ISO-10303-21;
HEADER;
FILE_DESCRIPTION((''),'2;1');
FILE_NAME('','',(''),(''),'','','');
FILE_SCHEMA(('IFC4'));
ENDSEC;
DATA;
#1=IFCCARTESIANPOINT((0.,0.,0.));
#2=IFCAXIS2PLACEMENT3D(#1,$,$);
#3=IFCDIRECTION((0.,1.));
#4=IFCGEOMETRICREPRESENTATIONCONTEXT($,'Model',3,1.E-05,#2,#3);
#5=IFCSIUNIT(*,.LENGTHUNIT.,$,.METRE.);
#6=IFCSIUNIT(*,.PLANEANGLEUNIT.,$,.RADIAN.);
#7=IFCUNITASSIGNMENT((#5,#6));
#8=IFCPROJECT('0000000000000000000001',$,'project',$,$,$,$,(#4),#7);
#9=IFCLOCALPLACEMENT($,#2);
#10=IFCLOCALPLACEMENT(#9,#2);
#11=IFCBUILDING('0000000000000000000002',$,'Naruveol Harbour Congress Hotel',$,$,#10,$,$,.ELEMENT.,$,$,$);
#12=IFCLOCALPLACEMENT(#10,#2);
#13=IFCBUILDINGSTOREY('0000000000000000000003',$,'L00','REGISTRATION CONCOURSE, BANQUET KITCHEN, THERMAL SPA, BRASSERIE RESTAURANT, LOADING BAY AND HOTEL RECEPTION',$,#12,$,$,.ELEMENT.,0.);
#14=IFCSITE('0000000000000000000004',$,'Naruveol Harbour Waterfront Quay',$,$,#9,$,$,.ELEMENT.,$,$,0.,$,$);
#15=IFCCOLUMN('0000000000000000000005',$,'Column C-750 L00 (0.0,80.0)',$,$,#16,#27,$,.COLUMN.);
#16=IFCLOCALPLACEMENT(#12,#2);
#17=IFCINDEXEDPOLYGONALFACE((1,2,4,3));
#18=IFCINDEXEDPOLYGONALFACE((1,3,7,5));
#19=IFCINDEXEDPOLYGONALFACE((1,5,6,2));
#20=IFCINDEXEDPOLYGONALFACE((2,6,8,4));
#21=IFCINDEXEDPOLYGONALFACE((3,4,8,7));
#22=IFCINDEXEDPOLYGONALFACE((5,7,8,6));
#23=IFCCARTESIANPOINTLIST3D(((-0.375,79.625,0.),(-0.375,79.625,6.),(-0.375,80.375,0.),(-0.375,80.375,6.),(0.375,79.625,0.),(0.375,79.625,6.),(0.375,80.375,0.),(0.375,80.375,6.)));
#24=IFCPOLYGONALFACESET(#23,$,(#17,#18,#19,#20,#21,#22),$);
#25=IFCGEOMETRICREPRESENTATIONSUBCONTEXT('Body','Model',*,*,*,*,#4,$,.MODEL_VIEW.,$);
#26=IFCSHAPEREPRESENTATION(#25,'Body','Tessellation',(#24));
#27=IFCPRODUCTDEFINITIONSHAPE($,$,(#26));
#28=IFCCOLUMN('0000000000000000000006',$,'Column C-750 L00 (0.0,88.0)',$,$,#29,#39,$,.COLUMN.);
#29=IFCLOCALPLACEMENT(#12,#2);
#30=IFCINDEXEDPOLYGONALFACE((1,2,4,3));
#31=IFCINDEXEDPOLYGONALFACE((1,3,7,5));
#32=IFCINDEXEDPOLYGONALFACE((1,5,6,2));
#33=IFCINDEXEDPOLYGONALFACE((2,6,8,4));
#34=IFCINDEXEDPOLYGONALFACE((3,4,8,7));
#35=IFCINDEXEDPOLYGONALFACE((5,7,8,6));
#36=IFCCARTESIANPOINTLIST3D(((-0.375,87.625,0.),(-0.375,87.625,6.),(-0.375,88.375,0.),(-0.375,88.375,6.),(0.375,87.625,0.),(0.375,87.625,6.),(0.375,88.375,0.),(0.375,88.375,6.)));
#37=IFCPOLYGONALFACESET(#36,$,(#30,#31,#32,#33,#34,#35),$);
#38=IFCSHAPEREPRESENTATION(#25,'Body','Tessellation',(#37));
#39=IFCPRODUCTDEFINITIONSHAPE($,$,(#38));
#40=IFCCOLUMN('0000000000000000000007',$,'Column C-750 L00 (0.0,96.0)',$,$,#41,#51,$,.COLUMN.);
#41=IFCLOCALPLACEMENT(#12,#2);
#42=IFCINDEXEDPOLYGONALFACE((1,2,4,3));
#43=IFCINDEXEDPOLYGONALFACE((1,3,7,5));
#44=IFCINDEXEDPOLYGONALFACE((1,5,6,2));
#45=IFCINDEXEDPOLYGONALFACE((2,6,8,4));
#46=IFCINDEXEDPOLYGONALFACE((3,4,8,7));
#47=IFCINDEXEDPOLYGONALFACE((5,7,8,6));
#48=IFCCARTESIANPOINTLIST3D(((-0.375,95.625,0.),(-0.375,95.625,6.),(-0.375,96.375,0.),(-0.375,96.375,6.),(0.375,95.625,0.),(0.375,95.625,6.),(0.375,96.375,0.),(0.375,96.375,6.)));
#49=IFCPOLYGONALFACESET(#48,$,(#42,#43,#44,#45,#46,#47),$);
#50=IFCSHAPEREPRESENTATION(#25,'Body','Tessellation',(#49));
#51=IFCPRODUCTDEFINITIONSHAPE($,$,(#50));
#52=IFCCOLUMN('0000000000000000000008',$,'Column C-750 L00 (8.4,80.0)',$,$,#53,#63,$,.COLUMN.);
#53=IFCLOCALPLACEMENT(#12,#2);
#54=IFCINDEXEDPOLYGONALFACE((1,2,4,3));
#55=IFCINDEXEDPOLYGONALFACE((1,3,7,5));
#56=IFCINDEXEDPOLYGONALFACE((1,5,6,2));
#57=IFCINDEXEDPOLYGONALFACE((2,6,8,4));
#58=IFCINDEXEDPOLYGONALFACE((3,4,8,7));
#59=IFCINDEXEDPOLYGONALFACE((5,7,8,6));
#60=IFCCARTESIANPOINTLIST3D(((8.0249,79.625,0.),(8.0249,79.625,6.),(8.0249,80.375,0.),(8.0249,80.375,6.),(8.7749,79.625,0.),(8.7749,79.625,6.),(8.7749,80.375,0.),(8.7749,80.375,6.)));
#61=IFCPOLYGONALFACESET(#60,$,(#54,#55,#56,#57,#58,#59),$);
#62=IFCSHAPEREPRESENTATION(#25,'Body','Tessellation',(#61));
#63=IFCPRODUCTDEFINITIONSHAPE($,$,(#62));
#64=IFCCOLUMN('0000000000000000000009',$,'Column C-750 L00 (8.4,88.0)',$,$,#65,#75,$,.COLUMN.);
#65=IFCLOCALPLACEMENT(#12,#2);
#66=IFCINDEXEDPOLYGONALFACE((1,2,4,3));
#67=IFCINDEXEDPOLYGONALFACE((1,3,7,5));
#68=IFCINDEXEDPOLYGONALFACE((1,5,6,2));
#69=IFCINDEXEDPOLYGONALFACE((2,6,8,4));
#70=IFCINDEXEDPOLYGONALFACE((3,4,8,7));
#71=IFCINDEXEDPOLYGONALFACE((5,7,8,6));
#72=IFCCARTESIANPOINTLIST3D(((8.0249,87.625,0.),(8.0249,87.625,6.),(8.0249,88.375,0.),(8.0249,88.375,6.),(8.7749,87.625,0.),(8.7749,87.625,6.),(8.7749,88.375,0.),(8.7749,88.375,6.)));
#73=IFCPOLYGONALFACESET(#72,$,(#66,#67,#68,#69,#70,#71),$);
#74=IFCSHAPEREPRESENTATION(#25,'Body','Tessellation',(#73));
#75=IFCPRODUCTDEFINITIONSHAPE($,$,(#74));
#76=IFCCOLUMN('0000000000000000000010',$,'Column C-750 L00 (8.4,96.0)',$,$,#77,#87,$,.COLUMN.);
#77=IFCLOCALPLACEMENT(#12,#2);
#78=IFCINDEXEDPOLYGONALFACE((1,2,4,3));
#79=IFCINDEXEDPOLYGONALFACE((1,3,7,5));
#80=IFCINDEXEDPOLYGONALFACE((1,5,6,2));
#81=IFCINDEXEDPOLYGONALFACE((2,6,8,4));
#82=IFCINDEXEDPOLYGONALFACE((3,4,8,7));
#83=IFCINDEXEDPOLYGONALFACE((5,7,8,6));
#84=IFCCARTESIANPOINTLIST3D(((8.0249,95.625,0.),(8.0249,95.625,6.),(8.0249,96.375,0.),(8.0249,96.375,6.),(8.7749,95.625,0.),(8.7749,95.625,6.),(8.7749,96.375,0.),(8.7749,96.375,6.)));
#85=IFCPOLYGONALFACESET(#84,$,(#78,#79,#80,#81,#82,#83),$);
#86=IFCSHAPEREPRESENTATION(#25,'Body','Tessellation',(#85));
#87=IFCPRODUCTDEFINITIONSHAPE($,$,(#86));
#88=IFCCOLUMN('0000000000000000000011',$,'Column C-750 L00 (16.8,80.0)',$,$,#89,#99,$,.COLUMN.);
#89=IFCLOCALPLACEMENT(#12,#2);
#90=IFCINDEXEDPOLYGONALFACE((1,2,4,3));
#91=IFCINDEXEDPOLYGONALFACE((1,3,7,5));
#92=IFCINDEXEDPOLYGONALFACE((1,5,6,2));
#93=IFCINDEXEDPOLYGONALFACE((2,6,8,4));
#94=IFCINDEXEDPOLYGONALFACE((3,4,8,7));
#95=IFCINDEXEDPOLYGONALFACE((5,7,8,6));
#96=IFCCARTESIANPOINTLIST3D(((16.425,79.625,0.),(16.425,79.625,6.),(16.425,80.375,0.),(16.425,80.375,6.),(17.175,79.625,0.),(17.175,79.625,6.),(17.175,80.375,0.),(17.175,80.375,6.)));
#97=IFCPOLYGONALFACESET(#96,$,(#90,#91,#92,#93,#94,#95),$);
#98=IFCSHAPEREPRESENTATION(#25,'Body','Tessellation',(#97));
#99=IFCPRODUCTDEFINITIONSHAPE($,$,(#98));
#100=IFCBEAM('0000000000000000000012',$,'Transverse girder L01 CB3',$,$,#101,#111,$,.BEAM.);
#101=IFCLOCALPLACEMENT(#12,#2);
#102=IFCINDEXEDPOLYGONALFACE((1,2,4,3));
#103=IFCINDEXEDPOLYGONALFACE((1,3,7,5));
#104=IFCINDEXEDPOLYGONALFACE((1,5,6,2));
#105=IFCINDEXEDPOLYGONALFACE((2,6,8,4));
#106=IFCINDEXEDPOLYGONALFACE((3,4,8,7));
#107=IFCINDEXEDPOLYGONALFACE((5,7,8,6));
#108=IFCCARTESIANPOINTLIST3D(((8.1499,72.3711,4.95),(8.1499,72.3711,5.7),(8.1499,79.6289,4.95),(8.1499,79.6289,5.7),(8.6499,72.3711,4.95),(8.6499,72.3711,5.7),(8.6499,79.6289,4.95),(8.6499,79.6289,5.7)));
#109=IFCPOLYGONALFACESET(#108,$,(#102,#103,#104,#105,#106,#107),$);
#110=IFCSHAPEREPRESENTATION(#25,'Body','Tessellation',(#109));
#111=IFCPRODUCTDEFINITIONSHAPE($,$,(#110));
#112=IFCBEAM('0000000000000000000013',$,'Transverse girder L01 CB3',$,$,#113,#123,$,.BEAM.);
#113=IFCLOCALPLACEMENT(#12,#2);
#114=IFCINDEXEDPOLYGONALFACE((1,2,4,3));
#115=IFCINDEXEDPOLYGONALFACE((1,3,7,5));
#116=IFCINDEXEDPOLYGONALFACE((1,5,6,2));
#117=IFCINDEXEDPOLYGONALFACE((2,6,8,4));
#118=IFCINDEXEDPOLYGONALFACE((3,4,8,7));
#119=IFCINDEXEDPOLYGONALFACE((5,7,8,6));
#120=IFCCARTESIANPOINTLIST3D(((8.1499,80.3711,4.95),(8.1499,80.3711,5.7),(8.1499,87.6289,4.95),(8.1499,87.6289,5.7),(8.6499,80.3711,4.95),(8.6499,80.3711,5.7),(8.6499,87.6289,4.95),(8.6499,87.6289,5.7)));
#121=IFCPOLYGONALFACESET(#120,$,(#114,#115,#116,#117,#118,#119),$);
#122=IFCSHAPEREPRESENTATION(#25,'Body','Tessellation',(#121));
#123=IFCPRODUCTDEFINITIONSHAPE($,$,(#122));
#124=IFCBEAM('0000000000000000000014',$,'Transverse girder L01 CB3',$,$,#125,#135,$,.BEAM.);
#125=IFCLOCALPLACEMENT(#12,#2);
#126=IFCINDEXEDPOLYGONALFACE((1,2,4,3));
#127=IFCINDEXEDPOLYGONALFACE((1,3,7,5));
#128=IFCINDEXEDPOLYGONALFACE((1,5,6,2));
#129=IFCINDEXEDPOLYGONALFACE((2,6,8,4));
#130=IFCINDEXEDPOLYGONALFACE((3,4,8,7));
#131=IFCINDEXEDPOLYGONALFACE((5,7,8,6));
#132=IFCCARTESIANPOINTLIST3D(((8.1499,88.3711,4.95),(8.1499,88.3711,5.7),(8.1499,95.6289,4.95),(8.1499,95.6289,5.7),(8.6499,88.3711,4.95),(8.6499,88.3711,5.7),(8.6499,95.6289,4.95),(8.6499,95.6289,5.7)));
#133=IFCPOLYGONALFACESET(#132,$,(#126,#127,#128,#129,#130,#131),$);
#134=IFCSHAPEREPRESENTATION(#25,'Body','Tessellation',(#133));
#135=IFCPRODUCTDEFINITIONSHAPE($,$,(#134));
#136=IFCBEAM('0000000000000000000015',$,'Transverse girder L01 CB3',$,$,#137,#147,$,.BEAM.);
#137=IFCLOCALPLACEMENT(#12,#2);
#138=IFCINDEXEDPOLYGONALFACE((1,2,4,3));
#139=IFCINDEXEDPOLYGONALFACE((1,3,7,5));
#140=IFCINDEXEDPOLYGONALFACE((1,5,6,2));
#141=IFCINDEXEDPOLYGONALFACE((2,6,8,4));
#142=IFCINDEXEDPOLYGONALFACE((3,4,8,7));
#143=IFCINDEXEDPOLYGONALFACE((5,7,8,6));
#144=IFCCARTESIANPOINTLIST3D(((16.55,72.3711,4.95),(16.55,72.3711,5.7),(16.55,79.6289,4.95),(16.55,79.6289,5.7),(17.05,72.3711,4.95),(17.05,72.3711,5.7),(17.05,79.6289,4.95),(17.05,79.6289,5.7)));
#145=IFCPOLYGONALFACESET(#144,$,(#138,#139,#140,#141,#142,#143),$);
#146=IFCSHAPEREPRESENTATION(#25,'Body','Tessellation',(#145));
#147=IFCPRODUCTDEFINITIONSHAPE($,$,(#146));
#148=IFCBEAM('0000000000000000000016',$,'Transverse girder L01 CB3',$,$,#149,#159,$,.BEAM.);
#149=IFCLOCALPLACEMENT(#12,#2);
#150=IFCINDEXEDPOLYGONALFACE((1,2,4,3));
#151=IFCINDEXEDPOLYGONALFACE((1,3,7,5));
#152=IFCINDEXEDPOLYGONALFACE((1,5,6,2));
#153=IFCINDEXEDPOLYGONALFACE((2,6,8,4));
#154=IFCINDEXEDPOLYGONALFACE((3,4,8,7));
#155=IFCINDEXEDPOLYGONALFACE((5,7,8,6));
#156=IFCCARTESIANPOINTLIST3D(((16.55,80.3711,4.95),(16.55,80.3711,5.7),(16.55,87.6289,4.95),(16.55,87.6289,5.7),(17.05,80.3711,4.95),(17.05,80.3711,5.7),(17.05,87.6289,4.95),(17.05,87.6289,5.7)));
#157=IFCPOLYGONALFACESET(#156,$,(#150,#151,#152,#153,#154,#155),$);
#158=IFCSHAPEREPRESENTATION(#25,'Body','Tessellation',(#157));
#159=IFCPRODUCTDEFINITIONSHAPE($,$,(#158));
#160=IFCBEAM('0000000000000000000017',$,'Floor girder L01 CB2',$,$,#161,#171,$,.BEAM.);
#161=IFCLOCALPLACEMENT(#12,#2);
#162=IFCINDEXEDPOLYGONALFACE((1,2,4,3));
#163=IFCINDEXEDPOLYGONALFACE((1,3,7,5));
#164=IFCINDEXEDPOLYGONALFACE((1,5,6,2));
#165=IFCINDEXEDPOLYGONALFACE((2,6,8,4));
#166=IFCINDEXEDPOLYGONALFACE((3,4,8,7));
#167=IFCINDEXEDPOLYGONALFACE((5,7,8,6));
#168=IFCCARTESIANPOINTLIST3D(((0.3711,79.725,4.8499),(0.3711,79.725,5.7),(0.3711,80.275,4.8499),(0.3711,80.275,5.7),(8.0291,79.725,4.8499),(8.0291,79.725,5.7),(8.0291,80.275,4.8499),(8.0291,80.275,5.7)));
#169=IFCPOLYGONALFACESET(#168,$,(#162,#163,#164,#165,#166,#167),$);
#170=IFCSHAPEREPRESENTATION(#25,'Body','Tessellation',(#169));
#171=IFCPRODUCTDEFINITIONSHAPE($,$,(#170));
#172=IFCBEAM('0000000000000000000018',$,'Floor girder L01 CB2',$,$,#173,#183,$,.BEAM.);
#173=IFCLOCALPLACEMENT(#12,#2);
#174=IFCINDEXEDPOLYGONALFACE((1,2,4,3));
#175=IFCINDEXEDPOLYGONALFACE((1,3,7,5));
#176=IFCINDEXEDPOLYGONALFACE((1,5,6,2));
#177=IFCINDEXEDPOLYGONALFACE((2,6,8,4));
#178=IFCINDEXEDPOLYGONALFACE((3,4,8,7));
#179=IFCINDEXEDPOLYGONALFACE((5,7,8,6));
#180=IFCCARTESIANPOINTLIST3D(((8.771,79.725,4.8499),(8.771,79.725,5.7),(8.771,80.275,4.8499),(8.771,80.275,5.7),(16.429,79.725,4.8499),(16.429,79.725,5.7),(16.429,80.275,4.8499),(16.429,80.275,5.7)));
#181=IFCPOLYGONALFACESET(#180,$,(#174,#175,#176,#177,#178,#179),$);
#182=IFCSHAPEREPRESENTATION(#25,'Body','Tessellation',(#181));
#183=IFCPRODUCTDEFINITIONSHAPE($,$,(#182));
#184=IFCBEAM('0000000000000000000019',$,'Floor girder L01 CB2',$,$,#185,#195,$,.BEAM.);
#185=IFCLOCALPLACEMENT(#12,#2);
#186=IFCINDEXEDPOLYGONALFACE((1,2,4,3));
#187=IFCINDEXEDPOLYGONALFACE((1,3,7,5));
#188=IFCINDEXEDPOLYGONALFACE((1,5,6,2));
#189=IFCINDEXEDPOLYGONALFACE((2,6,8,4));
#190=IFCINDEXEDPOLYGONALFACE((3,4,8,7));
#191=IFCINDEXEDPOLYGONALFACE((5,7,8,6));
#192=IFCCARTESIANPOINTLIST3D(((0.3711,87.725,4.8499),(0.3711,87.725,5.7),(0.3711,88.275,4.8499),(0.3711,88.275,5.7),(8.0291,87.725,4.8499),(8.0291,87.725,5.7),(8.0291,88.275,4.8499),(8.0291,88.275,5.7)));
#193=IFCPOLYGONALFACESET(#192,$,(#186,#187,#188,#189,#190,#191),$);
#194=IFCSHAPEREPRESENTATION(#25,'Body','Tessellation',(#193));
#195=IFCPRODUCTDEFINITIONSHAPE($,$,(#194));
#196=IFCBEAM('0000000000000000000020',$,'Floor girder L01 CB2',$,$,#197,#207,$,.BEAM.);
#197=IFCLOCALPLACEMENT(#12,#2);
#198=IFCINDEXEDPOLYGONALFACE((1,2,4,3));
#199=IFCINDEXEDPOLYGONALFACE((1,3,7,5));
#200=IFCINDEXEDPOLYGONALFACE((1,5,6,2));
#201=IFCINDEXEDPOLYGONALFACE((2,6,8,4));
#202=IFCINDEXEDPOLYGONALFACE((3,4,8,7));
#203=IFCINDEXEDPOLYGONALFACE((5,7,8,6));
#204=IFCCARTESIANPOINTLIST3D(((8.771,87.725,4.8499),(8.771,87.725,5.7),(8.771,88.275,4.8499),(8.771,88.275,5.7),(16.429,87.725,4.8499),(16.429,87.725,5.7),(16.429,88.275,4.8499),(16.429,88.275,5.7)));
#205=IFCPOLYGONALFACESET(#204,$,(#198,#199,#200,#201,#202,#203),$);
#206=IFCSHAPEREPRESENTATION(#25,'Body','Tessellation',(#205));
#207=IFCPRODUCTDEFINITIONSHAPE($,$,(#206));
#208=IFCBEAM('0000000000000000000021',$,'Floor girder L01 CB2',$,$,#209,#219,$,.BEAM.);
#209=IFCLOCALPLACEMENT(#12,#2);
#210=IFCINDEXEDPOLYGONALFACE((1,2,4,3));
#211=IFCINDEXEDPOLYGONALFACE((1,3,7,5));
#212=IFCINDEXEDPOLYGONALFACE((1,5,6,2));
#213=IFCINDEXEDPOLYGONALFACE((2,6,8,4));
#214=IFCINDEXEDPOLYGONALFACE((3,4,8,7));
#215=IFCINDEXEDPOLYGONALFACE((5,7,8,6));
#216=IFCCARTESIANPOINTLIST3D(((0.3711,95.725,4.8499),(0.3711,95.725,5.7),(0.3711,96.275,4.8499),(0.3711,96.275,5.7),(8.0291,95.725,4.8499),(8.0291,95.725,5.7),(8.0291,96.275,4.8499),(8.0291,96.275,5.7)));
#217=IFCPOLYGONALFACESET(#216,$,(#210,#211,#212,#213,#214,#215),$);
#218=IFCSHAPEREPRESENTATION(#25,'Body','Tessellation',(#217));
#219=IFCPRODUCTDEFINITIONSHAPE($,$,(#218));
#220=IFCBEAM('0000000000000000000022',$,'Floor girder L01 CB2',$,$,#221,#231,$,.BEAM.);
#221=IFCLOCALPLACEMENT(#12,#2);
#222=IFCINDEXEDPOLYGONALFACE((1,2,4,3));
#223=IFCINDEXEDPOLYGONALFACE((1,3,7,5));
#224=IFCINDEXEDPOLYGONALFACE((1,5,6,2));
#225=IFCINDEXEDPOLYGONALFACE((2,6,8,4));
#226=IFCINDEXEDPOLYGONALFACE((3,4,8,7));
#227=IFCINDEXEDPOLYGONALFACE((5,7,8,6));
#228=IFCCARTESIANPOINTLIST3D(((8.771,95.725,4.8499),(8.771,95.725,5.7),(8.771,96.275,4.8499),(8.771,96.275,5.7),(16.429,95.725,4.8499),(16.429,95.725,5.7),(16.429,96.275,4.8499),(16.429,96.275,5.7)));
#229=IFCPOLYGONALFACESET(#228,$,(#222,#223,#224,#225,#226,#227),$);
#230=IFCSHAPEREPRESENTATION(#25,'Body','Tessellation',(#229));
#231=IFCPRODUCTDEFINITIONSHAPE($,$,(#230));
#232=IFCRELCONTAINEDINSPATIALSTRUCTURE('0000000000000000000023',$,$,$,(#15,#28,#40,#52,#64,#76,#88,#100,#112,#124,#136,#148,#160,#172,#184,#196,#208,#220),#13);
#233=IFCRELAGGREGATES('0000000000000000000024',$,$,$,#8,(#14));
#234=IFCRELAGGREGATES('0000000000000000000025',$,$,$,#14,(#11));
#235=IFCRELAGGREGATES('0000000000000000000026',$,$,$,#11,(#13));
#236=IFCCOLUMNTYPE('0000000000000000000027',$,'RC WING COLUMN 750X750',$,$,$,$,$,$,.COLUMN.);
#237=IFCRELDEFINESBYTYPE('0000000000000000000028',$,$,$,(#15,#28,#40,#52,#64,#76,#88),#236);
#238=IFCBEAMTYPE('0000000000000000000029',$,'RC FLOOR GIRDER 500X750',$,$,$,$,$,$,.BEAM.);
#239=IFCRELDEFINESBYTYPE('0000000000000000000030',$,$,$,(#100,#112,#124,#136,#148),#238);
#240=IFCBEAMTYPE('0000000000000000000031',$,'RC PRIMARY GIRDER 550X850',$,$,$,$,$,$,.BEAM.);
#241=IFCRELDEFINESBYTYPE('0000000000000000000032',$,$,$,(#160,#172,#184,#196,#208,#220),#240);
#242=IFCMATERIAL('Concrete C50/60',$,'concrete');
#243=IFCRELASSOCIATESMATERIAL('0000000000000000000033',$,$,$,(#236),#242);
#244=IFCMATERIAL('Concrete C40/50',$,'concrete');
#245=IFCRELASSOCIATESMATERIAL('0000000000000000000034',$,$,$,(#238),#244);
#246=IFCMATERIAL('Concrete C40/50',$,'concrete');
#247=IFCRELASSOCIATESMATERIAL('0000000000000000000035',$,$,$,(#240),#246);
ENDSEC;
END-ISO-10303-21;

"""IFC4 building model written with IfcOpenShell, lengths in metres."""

from ifc_helpers import new_model, si_unit, direction, frame, origin, origin_2d, place, context, subcontext, project, spatial, rectangle, extrude, material, material_profile, profile_set, type_object, element, save


model = new_model("IFC4")

# Units and contexts
model_context = context("Model", 3, precision=1e-05, world=origin(), true_north=direction((0.0, 1.0)))
body_context = subcontext(model_context, "Body", "Model", "MODEL_VIEW")
ifc_project = project(units=[si_unit("LENGTHUNIT", "METRE"), si_unit("PLANEANGLEUNIT", "RADIAN")], contexts=[model_context])

# Site, building, storey
site_placement = place(None, origin())
site = spatial("IfcSite", under=ifc_project, at=site_placement, Name="Naruveol Harbour Waterfront Quay", CompositionType="ELEMENT", RefElevation=0.0)
building_placement = place(site_placement, origin())
building = spatial("IfcBuilding", under=site, at=building_placement, Name="Naruveol Harbour Congress Hotel", CompositionType="ELEMENT")
storey_placement = place(building_placement, origin())
storey = spatial("IfcBuildingStorey", under=building, at=storey_placement, Name="L00", Description="REGISTRATION CONCOURSE, BANQUET KITCHEN, THERMAL SPA, BRASSERIE RESTAURANT, LOADING BAY AND HOTEL RECEPTION", CompositionType="ELEMENT", Elevation=0.0)

# Columns
ifc_material_1 = material(Name="Concrete C50/60", Category="concrete")
ifc_material_profile_1 = material_profile(ifc_material_1, rectangle(XDim=0.75, YDim=0.75, at=origin_2d()), Name="RC-750x750")
ifc_profile_set_1 = profile_set([ifc_material_profile_1], Name="Concrete C50/60")
column_type = type_object("IfcColumnType", Name="RC WING COLUMN 750X750", PredefinedType="COLUMN", material=ifc_profile_set_1)
for number, where, z_axis, x_axis, name in (
    (1, (0.0, 80.0, 0.0), (0.0, 0.0, 1.0), (1.0, 0.0, 0.0), "Column C-750 L00 (0.0,80.0)"),
    (2, (0.0, 88.0, 0.0), (0.0, 0.0, 1.0), (1.0, 0.0, 0.0), "Column C-750 L00 (0.0,88.0)"),
    (3, (0.0, 96.0, 0.0), (0.0, 0.0, 1.0), (1.0, 0.0, 0.0), "Column C-750 L00 (0.0,96.0)"),
    (4, (8.3999, 80.0, 0.0), (0.0, 0.0, 1.0), (1.0, 0.0, 0.0), "Column C-750 L00 (8.4,80.0)"),
    (5, (8.3999, 88.0, 0.0), (0.0, 0.0, 1.0), (1.0, 0.0, 0.0), "Column C-750 L00 (8.4,88.0)"),
    (6, (8.3999, 96.0, 0.0), (0.0, 0.0, 1.0), (1.0, 0.0, 0.0), "Column C-750 L00 (8.4,96.0)"),
    (7, (16.8, 80.0, 0.0), (0.0, 0.0, 1.0), (1.0, 0.0, 0.0), "Column C-750 L00 (16.8,80.0)"),
):
    element("IfcColumn", number, at=place(storey_placement, frame(where, z_axis=z_axis, x_axis=x_axis)), inside=storey, type_object=column_type, Name=name, PredefinedType="COLUMN", context=body_context, shape_type="SweptSolid", body=[
        extrude(rectangle(XDim=0.75, YDim=0.75, at=origin_2d()), origin(), (0.0, 0.0, 1.0), 6.0),
    ])

# Beams
ifc_material_2 = material(Name="Concrete C40/50", Category="concrete")
ifc_material_profile_2 = material_profile(ifc_material_2, rectangle(XDim=0.5, YDim=0.75, at=origin_2d()), Name="RCB-500x750")
ifc_profile_set_2 = profile_set([ifc_material_profile_2], Name="Concrete C40/50")
beam_type_1 = type_object("IfcBeamType", Name="RC FLOOR GIRDER 500X750", PredefinedType="BEAM", material=ifc_profile_set_2)
for number, where, z_axis, x_axis, name in (
    (8, (8.3999, 72.3711, 5.325), (0.0, 1.0, 0.0), (-1.0, 0.0, 0.0), "Transverse girder L01 CB3"),
    (9, (8.3999, 80.3711, 5.325), (0.0, 1.0, 0.0), (-1.0, 0.0, 0.0), "Transverse girder L01 CB3"),
    (10, (8.3999, 88.3711, 5.325), (0.0, 1.0, 0.0), (-1.0, 0.0, 0.0), "Transverse girder L01 CB3"),
    (11, (16.8, 72.3711, 5.325), (0.0, 1.0, 0.0), (-1.0, 0.0, 0.0), "Transverse girder L01 CB3"),
    (12, (16.8, 80.3711, 5.325), (0.0, 1.0, 0.0), (-1.0, 0.0, 0.0), "Transverse girder L01 CB3"),
):
    element("IfcBeam", number, at=place(storey_placement, frame(where, z_axis=z_axis, x_axis=x_axis)), inside=storey, type_object=beam_type_1, Name=name, PredefinedType="BEAM", context=body_context, shape_type="SweptSolid", body=[
        extrude(rectangle(XDim=0.5, YDim=0.75, at=origin_2d()), origin(), (0.0, 0.0, 1.0), 7.2578),
    ])
ifc_material_3 = material(Name="Concrete C40/50", Category="concrete")
ifc_material_profile_3 = material_profile(ifc_material_3, rectangle(XDim=0.55, YDim=0.8501, at=origin_2d()), Name="RCB-550x850")
ifc_profile_set_3 = profile_set([ifc_material_profile_3], Name="Concrete C40/50")
beam_type_2 = type_object("IfcBeamType", Name="RC PRIMARY GIRDER 550X850", PredefinedType="BEAM", material=ifc_profile_set_3)
for number, where, z_axis, x_axis, name in (
    (13, (0.3711, 80.0, 5.2749), (1.0, 0.0, 0.0), (0.0, 1.0, 0.0), "Floor girder L01 CB2"),
    (14, (8.771, 80.0, 5.2749), (1.0, 0.0, 0.0), (0.0, 1.0, 0.0), "Floor girder L01 CB2"),
    (15, (0.3711, 88.0, 5.2749), (1.0, 0.0, 0.0), (0.0, 1.0, 0.0), "Floor girder L01 CB2"),
    (16, (8.771, 88.0, 5.2749), (1.0, 0.0, 0.0), (0.0, 1.0, 0.0), "Floor girder L01 CB2"),
    (17, (0.3711, 96.0, 5.2749), (1.0, 0.0, 0.0), (0.0, 1.0, 0.0), "Floor girder L01 CB2"),
    (18, (8.771, 96.0, 5.2749), (1.0, 0.0, 0.0), (0.0, 1.0, 0.0), "Floor girder L01 CB2"),
):
    element("IfcBeam", number, at=place(storey_placement, frame(where, z_axis=z_axis, x_axis=x_axis)), inside=storey, type_object=beam_type_2, Name=name, PredefinedType="BEAM", context=body_context, shape_type="SweptSolid", body=[
        extrude(rectangle(XDim=0.55, YDim=0.8501, at=origin_2d()), origin(), (0.0, 0.0, 1.0), 7.658),
    ])

save(model, "model.ifc")
